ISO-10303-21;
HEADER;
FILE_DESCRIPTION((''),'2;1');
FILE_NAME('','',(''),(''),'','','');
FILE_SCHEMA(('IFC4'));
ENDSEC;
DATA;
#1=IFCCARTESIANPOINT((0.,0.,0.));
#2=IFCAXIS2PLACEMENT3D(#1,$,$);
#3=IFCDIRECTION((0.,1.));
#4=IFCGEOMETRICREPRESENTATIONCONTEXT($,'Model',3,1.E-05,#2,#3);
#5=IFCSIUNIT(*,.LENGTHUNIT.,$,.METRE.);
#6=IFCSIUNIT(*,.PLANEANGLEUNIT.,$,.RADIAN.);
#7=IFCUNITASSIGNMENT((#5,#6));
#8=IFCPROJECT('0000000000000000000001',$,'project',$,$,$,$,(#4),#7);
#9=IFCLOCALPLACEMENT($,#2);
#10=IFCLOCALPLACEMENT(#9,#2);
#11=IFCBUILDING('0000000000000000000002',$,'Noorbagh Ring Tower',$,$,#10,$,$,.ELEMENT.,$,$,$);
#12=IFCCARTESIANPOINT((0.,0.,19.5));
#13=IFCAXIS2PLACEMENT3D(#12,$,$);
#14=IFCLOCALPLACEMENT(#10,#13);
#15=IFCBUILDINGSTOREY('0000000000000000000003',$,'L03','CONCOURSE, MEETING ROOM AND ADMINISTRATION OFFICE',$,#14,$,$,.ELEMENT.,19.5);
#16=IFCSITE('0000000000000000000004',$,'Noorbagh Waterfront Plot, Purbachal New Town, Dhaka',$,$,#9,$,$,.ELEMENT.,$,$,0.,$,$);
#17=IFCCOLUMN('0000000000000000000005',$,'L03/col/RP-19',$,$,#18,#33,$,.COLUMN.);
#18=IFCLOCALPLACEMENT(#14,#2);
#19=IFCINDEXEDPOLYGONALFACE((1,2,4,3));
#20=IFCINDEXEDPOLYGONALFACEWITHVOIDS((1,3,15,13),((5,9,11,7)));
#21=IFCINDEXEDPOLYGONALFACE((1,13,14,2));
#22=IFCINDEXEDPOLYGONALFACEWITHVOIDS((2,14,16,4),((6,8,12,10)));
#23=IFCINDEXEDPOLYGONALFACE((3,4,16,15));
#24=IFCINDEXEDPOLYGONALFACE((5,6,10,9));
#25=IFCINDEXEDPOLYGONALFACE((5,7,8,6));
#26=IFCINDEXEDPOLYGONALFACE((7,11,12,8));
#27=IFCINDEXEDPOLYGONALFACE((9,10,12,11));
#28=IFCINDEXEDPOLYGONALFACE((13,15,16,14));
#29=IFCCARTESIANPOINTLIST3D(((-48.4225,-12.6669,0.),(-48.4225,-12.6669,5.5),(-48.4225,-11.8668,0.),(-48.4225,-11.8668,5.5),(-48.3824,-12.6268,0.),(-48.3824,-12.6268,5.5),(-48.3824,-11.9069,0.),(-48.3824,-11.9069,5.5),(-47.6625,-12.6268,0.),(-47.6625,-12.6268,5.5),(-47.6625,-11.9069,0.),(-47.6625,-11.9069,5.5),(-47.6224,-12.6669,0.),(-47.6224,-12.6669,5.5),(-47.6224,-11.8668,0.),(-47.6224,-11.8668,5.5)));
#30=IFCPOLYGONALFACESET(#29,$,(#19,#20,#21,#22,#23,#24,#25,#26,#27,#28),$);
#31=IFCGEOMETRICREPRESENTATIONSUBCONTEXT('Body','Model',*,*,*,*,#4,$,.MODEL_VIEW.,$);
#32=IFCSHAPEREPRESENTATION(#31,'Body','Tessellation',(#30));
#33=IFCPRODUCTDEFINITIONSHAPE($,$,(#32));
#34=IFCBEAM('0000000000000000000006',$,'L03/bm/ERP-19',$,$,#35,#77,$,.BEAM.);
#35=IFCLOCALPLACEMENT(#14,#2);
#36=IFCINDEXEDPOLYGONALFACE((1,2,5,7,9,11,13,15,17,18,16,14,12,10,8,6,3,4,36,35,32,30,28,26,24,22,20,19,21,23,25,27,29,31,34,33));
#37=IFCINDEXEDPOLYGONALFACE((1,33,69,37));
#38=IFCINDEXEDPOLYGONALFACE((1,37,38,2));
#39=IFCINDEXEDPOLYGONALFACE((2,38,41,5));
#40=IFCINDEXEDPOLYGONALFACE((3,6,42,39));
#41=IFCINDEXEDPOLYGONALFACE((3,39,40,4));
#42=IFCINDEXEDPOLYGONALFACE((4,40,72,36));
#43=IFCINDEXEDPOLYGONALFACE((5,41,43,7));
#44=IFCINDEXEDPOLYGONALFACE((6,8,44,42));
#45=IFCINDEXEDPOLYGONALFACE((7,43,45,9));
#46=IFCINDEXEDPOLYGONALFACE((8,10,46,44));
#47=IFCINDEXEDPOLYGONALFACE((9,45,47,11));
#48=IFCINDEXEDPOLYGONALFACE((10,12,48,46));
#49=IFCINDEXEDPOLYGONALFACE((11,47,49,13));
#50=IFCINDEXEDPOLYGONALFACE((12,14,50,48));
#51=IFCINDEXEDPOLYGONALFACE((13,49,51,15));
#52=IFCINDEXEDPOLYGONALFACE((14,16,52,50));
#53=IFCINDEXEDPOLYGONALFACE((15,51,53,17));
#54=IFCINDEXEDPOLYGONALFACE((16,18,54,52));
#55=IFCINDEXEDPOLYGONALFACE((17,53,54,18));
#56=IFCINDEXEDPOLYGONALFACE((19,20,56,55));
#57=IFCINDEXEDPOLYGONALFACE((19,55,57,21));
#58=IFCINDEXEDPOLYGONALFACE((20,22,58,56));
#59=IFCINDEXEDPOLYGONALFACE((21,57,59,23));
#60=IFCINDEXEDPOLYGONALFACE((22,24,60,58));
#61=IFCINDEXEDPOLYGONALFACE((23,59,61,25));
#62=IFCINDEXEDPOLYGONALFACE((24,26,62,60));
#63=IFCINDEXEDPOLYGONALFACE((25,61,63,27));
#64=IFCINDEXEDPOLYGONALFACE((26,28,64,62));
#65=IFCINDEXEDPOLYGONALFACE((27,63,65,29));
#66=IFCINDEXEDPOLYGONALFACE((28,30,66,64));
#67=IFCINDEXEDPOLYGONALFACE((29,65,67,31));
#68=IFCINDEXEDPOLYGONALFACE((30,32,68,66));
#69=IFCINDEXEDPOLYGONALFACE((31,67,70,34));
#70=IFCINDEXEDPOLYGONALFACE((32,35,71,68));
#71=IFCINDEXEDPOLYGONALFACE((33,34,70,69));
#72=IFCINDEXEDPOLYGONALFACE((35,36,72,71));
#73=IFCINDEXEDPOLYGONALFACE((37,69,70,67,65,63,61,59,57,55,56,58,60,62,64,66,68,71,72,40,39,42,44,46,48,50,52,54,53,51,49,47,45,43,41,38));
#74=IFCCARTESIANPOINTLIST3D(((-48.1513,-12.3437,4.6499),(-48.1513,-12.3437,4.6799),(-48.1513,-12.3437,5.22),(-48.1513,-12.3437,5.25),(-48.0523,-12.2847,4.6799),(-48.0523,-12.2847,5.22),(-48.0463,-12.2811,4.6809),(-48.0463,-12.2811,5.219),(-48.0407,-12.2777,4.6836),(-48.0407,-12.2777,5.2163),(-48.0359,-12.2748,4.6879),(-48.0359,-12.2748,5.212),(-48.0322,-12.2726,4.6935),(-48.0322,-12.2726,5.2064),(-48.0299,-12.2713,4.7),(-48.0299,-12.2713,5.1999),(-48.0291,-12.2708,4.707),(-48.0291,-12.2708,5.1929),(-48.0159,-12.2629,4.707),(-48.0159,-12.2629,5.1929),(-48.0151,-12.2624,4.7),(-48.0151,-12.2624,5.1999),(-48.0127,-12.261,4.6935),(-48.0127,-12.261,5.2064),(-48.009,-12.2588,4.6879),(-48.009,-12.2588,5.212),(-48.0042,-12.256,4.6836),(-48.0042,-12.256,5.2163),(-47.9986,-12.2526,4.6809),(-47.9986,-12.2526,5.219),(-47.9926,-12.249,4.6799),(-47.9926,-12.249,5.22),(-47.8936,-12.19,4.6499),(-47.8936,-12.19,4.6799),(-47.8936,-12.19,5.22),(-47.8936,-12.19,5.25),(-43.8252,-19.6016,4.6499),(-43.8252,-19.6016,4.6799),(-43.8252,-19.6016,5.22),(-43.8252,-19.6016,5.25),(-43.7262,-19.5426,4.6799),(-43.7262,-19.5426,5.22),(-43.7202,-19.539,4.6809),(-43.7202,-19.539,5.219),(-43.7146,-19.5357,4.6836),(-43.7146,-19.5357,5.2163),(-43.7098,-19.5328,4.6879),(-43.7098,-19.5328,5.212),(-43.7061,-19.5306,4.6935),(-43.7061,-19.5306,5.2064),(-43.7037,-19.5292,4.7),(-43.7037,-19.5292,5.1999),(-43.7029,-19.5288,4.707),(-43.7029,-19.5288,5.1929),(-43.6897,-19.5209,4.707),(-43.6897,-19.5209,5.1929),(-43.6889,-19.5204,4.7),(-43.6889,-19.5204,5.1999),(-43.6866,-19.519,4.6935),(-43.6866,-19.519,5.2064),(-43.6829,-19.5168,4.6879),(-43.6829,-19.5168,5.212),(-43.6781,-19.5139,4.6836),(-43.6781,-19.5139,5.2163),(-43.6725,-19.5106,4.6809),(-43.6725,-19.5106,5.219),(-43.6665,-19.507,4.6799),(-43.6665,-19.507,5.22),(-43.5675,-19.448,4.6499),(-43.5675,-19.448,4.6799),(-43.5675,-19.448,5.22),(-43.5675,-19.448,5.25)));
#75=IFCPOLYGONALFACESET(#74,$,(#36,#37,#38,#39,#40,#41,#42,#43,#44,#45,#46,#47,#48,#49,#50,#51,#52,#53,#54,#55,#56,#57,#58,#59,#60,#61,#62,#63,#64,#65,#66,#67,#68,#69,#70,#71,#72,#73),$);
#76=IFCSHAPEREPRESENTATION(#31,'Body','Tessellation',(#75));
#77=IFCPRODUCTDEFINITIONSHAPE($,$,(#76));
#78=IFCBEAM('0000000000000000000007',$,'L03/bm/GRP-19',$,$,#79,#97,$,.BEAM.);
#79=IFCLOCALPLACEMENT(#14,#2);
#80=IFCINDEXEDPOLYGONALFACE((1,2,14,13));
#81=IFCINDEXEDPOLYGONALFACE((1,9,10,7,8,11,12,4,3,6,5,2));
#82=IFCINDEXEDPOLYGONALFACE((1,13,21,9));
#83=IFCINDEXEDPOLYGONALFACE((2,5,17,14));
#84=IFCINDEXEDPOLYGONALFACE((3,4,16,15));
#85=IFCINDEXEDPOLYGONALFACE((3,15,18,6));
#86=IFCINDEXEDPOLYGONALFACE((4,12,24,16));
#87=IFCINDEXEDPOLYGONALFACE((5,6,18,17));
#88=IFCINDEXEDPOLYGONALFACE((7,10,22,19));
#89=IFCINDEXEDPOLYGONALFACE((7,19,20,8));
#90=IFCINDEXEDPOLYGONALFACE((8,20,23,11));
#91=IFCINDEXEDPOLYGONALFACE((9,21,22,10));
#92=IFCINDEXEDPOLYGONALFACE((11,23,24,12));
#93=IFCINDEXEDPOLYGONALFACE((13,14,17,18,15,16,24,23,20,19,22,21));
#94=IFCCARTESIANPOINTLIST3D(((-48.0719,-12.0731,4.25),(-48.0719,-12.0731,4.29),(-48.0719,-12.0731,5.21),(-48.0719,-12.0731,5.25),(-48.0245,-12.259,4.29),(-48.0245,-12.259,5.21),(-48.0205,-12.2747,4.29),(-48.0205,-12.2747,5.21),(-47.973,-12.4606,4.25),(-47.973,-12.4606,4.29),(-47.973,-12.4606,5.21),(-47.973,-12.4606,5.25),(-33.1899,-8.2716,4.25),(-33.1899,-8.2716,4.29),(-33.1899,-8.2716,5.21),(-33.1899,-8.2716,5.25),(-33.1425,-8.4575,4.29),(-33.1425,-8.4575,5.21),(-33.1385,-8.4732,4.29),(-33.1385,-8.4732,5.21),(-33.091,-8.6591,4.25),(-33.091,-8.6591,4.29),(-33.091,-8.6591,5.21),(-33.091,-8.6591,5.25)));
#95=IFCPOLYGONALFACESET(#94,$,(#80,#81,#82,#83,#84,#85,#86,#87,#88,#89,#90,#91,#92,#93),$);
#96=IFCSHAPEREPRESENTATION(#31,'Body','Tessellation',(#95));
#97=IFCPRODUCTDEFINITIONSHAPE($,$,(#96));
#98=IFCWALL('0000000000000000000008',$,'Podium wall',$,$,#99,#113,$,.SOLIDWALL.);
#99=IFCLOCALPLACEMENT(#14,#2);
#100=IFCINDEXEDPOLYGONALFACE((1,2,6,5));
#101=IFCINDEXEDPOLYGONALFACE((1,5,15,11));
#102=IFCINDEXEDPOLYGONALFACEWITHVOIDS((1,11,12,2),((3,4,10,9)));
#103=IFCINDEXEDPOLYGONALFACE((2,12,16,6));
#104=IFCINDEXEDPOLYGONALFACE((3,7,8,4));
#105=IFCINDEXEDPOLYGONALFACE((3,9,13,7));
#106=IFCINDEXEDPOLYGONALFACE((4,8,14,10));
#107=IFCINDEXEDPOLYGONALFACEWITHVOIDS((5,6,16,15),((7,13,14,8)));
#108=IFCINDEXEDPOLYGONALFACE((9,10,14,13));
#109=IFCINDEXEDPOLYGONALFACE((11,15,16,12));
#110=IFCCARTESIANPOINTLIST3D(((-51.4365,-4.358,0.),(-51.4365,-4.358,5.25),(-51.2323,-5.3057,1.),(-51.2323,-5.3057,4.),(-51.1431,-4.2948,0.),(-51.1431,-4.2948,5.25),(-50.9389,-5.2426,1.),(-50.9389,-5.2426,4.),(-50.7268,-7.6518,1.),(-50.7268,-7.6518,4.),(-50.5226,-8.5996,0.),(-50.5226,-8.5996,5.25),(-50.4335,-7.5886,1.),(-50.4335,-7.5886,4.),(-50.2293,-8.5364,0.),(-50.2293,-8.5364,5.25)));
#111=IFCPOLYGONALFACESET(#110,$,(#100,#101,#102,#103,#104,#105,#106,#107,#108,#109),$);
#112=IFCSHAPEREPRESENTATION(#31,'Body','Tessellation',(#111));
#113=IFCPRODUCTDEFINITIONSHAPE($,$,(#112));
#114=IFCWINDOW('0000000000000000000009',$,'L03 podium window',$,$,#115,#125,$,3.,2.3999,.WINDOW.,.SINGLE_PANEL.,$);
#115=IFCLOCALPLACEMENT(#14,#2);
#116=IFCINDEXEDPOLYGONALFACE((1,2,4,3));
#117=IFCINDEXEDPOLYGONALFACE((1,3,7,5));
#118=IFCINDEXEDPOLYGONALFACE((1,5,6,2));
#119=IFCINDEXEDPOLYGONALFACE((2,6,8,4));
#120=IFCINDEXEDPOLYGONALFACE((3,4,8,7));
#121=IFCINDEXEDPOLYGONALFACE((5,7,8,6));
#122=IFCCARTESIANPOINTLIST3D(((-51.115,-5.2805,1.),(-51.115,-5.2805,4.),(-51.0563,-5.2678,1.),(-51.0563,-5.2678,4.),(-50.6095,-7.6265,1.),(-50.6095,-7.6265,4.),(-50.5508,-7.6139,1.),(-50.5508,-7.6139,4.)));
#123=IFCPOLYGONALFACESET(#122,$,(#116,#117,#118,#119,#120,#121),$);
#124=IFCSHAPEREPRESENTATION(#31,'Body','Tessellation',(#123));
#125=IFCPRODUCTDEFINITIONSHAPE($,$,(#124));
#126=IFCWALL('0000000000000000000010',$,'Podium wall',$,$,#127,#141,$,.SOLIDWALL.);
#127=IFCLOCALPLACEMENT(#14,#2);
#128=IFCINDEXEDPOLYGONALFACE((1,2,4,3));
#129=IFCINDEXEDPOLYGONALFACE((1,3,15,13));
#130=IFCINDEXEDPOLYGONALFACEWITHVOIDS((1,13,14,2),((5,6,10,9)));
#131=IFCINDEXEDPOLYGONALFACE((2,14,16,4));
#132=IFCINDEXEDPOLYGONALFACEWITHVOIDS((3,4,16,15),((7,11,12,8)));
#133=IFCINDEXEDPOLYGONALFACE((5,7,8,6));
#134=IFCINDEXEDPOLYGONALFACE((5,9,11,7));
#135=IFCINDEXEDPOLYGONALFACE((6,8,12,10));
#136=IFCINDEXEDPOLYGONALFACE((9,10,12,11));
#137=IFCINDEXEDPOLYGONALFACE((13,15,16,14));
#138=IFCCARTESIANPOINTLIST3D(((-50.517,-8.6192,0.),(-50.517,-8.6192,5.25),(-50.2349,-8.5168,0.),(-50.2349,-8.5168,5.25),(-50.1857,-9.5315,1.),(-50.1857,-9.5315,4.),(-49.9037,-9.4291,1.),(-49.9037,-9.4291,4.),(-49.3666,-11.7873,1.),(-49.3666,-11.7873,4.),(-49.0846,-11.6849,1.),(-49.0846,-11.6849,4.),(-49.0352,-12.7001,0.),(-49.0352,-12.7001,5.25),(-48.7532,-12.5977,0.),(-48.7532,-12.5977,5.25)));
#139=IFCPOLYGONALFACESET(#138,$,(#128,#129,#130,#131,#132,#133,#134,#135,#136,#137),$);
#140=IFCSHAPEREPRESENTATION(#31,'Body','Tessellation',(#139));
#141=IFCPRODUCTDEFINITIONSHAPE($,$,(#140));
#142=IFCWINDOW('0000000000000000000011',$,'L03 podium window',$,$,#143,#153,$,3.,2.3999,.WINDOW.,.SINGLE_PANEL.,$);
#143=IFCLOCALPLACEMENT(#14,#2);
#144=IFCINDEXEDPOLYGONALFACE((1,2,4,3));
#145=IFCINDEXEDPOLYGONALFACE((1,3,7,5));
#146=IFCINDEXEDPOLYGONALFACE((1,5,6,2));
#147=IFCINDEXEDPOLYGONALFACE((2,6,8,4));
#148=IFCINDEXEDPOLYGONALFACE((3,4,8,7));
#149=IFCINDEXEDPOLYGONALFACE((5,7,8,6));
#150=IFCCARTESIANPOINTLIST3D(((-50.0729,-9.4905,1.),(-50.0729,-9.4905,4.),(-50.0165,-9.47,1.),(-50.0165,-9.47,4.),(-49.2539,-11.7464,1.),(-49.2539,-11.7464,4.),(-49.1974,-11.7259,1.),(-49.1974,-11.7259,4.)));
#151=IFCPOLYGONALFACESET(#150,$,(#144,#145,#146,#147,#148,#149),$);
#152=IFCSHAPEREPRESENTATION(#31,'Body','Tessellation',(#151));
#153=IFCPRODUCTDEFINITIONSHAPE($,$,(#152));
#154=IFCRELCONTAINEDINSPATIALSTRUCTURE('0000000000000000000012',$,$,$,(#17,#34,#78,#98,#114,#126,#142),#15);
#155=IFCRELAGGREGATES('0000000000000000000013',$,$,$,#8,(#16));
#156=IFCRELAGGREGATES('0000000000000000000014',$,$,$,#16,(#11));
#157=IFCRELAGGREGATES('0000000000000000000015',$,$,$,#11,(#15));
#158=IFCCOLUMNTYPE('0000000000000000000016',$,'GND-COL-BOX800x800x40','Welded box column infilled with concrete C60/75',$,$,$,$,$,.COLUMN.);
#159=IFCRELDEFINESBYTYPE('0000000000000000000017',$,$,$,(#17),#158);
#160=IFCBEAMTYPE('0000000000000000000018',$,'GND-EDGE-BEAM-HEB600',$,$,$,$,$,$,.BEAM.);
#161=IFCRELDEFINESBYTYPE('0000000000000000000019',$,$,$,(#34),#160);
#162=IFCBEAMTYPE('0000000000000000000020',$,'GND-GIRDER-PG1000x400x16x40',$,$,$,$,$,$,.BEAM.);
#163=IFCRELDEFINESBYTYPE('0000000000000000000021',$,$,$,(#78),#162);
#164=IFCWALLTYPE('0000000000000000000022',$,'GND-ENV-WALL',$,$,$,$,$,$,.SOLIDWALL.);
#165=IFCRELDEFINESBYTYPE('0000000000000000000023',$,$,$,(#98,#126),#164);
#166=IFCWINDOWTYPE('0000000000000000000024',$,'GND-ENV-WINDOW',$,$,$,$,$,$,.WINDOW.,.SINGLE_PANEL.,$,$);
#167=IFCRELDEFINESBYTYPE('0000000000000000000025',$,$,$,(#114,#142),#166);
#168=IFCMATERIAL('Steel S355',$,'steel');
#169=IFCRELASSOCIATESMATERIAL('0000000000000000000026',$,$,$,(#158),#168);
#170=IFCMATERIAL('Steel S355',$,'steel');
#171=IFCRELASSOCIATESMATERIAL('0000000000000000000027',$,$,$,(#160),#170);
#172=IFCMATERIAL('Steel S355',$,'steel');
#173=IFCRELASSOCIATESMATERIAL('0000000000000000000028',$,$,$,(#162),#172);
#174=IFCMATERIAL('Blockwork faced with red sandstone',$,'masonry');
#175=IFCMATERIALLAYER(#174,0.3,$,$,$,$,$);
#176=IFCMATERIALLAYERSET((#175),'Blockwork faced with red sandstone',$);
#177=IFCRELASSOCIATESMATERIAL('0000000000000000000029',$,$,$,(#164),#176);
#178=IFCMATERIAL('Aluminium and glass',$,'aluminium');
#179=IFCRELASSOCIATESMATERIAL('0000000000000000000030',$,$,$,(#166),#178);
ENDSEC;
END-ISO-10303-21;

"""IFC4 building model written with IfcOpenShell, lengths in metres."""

from ifc_helpers import new_model, si_unit, direction, frame, frame_2d, origin, origin_2d, place, context, subcontext, project, spatial, rectangle, hollow_rectangle, i_section, extrude, material, layer, layer_set, material_profile, profile_set, type_object, element, fill, save


model = new_model("IFC4")

# Units and contexts
model_context = context("Model", 3, precision=1e-05, world=origin(), true_north=direction((0.0, 1.0)))
body_context = subcontext(model_context, "Body", "Model", "MODEL_VIEW")
ifc_project = project(units=[si_unit("LENGTHUNIT", "METRE"), si_unit("PLANEANGLEUNIT", "RADIAN")], contexts=[model_context])

# Site, building, storey
site_placement = place(None, origin())
site = spatial("IfcSite", under=ifc_project, at=site_placement, Name="Noorbagh Waterfront Plot, Purbachal New Town, Dhaka", CompositionType="ELEMENT", RefElevation=0.0)
building_placement = place(site_placement, origin())
building = spatial("IfcBuilding", under=site, at=building_placement, Name="Noorbagh Ring Tower", CompositionType="ELEMENT")
storey_placement = place(building_placement, frame((0.0, 0.0, 19.5)))
storey = spatial("IfcBuildingStorey", under=building, at=storey_placement, Name="L03", Description="CONCOURSE, MEETING ROOM AND ADMINISTRATION OFFICE", CompositionType="ELEMENT", Elevation=19.5)

# Column
ifc_material_1 = material(Name="Steel S355", Category="steel")
ifc_material_profile_1 = material_profile(ifc_material_1, hollow_rectangle(XDim=0.8, YDim=0.8, WallThickness=0.04, at=origin_2d()), Name="BOX800x800x40")
ifc_profile_set_1 = profile_set([ifc_material_profile_1], Name="Steel S355")
column_type = type_object("IfcColumnType", Name="GND-COL-BOX800x800x40", Description="Welded box column infilled with concrete C60/75", PredefinedType="COLUMN", material=ifc_profile_set_1)
column_placement = place(storey_placement, frame((-48.0225, -12.2668, 0.0), z_axis=(0.0, 0.0, 1.0), x_axis=(1.0, 0.0, 0.0)))
element("IfcColumn", 1, at=column_placement, inside=storey, type_object=column_type, Name="L03/col/RP-19", PredefinedType="COLUMN", context=body_context, shape_type="SweptSolid", body=[
    extrude(hollow_rectangle(XDim=0.8, YDim=0.8, WallThickness=0.04, at=origin_2d()), origin(), (0.0, 0.0, 1.0), 5.5),
])

# Beams
ifc_material_2 = material(Name="Steel S355", Category="steel")
ifc_material_profile_2 = material_profile(ifc_material_2, i_section(OverallWidth=0.3, OverallDepth=0.6001, WebThickness=0.0154, FlangeThickness=0.03, FilletRadius=0.0271, at=origin_2d()), Name="HEB600")
ifc_profile_set_2 = profile_set([ifc_material_profile_2], Name="Steel S355")
beam_type_1 = type_object("IfcBeamType", Name="GND-EDGE-BEAM-HEB600", PredefinedType="BEAM", material=ifc_profile_set_2)
beam_1_placement = place(storey_placement, frame((-48.0225, -12.2668, 4.95), z_axis=(0.511999, -0.858986, 0.0), x_axis=(0.858986, 0.511999, 0.0)))
element("IfcBeam", 2, at=beam_1_placement, inside=storey, type_object=beam_type_1, Name="L03/bm/ERP-19", PredefinedType="BEAM", context=body_context, shape_type="SweptSolid", body=[
    extrude(i_section(OverallWidth=0.3, OverallDepth=0.6001, WebThickness=0.0154, FlangeThickness=0.03, FilletRadius=0.0271, at=origin_2d()), origin(), (0.0, 0.0, 1.0), 8.4495),
])
ifc_material_3 = material(Name="Steel S355", Category="steel")
ifc_material_profile_3 = material_profile(ifc_material_3, i_section(OverallWidth=0.3999, OverallDepth=1.0, WebThickness=0.0161, FlangeThickness=0.04, at=origin_2d()), Name="PG1000x400x16x40")
ifc_profile_set_3 = profile_set([ifc_material_profile_3], Name="Steel S355")
beam_type_2 = type_object("IfcBeamType", Name="GND-GIRDER-PG1000x400x16x40", PredefinedType="BEAM", material=ifc_profile_set_3)
beam_2_placement = place(storey_placement, frame((-48.0225, -12.2668, 4.75), z_axis=(0.968889, 0.247495, 0.0), x_axis=(-0.247495, 0.968889, 0.0)))
element("IfcBeam", 3, at=beam_2_placement, inside=storey, type_object=beam_type_2, Name="L03/bm/GRP-19", PredefinedType="BEAM", context=body_context, shape_type="SweptSolid", body=[
    extrude(i_section(OverallWidth=0.3999, OverallDepth=1.0, WebThickness=0.0161, FlangeThickness=0.04, at=origin_2d()), origin(), (0.0, 0.0, 1.0), 15.3599),
])

# Walls, openings, windows
ifc_material_4 = material(Name="Blockwork faced with red sandstone", Category="masonry")
ifc_layer_1 = layer(ifc_material_4, 0.3)
ifc_layer_set_1 = layer_set([ifc_layer_1], Name="Blockwork faced with red sandstone")
wall_type_1 = type_object("IfcWallType", Name="GND-ENV-WALL", PredefinedType="SOLIDWALL", material=ifc_layer_set_1)
wall_1_placement = place(storey_placement, frame((-51.2898, -4.3264, 0.0), z_axis=(0.0, 0.0, 1.0), x_axis=(0.210616, -0.977569, 0.0)))
wall_1 = element("IfcWall", 4, at=wall_1_placement, inside=storey, type_object=wall_type_1, Name="Podium wall", PredefinedType="SOLIDWALL", context=body_context, shape_type="SweptSolid", body=[
    extrude(rectangle(XDim=4.3389, YDim=0.3, at=frame_2d((2.1694, 0.0))), origin(), (0.0, 0.0, 1.0), 5.25),
])
opening_1_placement = place(wall_1_placement, frame((0.9695, 0.0, 1.0)))
opening_1 = element("IfcOpeningElement", 5, at=opening_1_placement, cuts=wall_1, PredefinedType="OPENING", context=body_context, shape_type="SweptSolid", body=[
    extrude(rectangle(XDim=2.3999, YDim=3.0, at=frame_2d((1.2, 1.5))), frame((0.0, 0.1602, 0.0), z_axis=(0.0, -1.0, 0.0), x_axis=(1.0, 0.0, 0.0)), (0.0, 0.0, 1.0), 0.3201),
])
ifc_material_5 = material(Name="Aluminium and glass", Category="aluminium")
window_type = type_object("IfcWindowType", Name="GND-ENV-WINDOW", PartitioningType="SINGLE_PANEL", PredefinedType="WINDOW", material=ifc_material_5)
window_1_placement = place(opening_1_placement, origin())
window_1 = element("IfcWindow", 6, at=window_1_placement, inside=storey, type_object=window_type, Name="L03 podium window", OverallHeight=3.0, OverallWidth=2.3999, PartitioningType="SINGLE_PANEL", PredefinedType="WINDOW", context=body_context, shape_type="SweptSolid", body=[
    extrude(rectangle(XDim=2.3999, YDim=3.0, at=frame_2d((1.2, 1.5))), frame((0.0, 0.03, 0.0), z_axis=(0.0, -1.0, 0.0), x_axis=(1.0, 0.0, 0.0)), (0.0, 0.0, 1.0), 0.0601),
])
fill(opening_1, window_1)
wall_2_placement = place(storey_placement, frame((-50.376, -8.5679, 0.0), z_axis=(0.0, 0.0, 1.0), x_axis=(0.341287, -0.939959, 0.0)))
wall_2 = element("IfcWall", 7, at=wall_2_placement, inside=storey, type_object=wall_type_1, Name="Podium wall", PredefinedType="SOLIDWALL", context=body_context, shape_type="SweptSolid", body=[
    extrude(rectangle(XDim=4.3416, YDim=0.3, at=frame_2d((2.1709, 0.0))), origin(), (0.0, 0.0, 1.0), 5.25),
])
opening_2_placement = place(wall_2_placement, frame((0.9707, 0.0, 1.0)))
opening_2 = element("IfcOpeningElement", 8, at=opening_2_placement, cuts=wall_2, PredefinedType="OPENING", context=body_context, shape_type="SweptSolid", body=[
    extrude(rectangle(XDim=2.3999, YDim=3.0, at=frame_2d((1.2, 1.5))), frame((0.0, 0.1602, 0.0), z_axis=(0.0, -1.0, 0.0), x_axis=(1.0, 0.0, 0.0)), (0.0, 0.0, 1.0), 0.3201),
])
window_2_placement = place(opening_2_placement, origin())
window_2 = element("IfcWindow", 9, at=window_2_placement, inside=storey, type_object=window_type, Name="L03 podium window", OverallHeight=3.0, OverallWidth=2.3999, PartitioningType="SINGLE_PANEL", PredefinedType="WINDOW", context=body_context, shape_type="SweptSolid", body=[
    extrude(rectangle(XDim=2.3999, YDim=3.0, at=frame_2d((1.2, 1.5))), frame((0.0, 0.03, 0.0), z_axis=(0.0, -1.0, 0.0), x_axis=(1.0, 0.0, 0.0)), (0.0, 0.0, 1.0), 0.0601),
])
fill(opening_2, window_2)

save(model, "model.ifc")
